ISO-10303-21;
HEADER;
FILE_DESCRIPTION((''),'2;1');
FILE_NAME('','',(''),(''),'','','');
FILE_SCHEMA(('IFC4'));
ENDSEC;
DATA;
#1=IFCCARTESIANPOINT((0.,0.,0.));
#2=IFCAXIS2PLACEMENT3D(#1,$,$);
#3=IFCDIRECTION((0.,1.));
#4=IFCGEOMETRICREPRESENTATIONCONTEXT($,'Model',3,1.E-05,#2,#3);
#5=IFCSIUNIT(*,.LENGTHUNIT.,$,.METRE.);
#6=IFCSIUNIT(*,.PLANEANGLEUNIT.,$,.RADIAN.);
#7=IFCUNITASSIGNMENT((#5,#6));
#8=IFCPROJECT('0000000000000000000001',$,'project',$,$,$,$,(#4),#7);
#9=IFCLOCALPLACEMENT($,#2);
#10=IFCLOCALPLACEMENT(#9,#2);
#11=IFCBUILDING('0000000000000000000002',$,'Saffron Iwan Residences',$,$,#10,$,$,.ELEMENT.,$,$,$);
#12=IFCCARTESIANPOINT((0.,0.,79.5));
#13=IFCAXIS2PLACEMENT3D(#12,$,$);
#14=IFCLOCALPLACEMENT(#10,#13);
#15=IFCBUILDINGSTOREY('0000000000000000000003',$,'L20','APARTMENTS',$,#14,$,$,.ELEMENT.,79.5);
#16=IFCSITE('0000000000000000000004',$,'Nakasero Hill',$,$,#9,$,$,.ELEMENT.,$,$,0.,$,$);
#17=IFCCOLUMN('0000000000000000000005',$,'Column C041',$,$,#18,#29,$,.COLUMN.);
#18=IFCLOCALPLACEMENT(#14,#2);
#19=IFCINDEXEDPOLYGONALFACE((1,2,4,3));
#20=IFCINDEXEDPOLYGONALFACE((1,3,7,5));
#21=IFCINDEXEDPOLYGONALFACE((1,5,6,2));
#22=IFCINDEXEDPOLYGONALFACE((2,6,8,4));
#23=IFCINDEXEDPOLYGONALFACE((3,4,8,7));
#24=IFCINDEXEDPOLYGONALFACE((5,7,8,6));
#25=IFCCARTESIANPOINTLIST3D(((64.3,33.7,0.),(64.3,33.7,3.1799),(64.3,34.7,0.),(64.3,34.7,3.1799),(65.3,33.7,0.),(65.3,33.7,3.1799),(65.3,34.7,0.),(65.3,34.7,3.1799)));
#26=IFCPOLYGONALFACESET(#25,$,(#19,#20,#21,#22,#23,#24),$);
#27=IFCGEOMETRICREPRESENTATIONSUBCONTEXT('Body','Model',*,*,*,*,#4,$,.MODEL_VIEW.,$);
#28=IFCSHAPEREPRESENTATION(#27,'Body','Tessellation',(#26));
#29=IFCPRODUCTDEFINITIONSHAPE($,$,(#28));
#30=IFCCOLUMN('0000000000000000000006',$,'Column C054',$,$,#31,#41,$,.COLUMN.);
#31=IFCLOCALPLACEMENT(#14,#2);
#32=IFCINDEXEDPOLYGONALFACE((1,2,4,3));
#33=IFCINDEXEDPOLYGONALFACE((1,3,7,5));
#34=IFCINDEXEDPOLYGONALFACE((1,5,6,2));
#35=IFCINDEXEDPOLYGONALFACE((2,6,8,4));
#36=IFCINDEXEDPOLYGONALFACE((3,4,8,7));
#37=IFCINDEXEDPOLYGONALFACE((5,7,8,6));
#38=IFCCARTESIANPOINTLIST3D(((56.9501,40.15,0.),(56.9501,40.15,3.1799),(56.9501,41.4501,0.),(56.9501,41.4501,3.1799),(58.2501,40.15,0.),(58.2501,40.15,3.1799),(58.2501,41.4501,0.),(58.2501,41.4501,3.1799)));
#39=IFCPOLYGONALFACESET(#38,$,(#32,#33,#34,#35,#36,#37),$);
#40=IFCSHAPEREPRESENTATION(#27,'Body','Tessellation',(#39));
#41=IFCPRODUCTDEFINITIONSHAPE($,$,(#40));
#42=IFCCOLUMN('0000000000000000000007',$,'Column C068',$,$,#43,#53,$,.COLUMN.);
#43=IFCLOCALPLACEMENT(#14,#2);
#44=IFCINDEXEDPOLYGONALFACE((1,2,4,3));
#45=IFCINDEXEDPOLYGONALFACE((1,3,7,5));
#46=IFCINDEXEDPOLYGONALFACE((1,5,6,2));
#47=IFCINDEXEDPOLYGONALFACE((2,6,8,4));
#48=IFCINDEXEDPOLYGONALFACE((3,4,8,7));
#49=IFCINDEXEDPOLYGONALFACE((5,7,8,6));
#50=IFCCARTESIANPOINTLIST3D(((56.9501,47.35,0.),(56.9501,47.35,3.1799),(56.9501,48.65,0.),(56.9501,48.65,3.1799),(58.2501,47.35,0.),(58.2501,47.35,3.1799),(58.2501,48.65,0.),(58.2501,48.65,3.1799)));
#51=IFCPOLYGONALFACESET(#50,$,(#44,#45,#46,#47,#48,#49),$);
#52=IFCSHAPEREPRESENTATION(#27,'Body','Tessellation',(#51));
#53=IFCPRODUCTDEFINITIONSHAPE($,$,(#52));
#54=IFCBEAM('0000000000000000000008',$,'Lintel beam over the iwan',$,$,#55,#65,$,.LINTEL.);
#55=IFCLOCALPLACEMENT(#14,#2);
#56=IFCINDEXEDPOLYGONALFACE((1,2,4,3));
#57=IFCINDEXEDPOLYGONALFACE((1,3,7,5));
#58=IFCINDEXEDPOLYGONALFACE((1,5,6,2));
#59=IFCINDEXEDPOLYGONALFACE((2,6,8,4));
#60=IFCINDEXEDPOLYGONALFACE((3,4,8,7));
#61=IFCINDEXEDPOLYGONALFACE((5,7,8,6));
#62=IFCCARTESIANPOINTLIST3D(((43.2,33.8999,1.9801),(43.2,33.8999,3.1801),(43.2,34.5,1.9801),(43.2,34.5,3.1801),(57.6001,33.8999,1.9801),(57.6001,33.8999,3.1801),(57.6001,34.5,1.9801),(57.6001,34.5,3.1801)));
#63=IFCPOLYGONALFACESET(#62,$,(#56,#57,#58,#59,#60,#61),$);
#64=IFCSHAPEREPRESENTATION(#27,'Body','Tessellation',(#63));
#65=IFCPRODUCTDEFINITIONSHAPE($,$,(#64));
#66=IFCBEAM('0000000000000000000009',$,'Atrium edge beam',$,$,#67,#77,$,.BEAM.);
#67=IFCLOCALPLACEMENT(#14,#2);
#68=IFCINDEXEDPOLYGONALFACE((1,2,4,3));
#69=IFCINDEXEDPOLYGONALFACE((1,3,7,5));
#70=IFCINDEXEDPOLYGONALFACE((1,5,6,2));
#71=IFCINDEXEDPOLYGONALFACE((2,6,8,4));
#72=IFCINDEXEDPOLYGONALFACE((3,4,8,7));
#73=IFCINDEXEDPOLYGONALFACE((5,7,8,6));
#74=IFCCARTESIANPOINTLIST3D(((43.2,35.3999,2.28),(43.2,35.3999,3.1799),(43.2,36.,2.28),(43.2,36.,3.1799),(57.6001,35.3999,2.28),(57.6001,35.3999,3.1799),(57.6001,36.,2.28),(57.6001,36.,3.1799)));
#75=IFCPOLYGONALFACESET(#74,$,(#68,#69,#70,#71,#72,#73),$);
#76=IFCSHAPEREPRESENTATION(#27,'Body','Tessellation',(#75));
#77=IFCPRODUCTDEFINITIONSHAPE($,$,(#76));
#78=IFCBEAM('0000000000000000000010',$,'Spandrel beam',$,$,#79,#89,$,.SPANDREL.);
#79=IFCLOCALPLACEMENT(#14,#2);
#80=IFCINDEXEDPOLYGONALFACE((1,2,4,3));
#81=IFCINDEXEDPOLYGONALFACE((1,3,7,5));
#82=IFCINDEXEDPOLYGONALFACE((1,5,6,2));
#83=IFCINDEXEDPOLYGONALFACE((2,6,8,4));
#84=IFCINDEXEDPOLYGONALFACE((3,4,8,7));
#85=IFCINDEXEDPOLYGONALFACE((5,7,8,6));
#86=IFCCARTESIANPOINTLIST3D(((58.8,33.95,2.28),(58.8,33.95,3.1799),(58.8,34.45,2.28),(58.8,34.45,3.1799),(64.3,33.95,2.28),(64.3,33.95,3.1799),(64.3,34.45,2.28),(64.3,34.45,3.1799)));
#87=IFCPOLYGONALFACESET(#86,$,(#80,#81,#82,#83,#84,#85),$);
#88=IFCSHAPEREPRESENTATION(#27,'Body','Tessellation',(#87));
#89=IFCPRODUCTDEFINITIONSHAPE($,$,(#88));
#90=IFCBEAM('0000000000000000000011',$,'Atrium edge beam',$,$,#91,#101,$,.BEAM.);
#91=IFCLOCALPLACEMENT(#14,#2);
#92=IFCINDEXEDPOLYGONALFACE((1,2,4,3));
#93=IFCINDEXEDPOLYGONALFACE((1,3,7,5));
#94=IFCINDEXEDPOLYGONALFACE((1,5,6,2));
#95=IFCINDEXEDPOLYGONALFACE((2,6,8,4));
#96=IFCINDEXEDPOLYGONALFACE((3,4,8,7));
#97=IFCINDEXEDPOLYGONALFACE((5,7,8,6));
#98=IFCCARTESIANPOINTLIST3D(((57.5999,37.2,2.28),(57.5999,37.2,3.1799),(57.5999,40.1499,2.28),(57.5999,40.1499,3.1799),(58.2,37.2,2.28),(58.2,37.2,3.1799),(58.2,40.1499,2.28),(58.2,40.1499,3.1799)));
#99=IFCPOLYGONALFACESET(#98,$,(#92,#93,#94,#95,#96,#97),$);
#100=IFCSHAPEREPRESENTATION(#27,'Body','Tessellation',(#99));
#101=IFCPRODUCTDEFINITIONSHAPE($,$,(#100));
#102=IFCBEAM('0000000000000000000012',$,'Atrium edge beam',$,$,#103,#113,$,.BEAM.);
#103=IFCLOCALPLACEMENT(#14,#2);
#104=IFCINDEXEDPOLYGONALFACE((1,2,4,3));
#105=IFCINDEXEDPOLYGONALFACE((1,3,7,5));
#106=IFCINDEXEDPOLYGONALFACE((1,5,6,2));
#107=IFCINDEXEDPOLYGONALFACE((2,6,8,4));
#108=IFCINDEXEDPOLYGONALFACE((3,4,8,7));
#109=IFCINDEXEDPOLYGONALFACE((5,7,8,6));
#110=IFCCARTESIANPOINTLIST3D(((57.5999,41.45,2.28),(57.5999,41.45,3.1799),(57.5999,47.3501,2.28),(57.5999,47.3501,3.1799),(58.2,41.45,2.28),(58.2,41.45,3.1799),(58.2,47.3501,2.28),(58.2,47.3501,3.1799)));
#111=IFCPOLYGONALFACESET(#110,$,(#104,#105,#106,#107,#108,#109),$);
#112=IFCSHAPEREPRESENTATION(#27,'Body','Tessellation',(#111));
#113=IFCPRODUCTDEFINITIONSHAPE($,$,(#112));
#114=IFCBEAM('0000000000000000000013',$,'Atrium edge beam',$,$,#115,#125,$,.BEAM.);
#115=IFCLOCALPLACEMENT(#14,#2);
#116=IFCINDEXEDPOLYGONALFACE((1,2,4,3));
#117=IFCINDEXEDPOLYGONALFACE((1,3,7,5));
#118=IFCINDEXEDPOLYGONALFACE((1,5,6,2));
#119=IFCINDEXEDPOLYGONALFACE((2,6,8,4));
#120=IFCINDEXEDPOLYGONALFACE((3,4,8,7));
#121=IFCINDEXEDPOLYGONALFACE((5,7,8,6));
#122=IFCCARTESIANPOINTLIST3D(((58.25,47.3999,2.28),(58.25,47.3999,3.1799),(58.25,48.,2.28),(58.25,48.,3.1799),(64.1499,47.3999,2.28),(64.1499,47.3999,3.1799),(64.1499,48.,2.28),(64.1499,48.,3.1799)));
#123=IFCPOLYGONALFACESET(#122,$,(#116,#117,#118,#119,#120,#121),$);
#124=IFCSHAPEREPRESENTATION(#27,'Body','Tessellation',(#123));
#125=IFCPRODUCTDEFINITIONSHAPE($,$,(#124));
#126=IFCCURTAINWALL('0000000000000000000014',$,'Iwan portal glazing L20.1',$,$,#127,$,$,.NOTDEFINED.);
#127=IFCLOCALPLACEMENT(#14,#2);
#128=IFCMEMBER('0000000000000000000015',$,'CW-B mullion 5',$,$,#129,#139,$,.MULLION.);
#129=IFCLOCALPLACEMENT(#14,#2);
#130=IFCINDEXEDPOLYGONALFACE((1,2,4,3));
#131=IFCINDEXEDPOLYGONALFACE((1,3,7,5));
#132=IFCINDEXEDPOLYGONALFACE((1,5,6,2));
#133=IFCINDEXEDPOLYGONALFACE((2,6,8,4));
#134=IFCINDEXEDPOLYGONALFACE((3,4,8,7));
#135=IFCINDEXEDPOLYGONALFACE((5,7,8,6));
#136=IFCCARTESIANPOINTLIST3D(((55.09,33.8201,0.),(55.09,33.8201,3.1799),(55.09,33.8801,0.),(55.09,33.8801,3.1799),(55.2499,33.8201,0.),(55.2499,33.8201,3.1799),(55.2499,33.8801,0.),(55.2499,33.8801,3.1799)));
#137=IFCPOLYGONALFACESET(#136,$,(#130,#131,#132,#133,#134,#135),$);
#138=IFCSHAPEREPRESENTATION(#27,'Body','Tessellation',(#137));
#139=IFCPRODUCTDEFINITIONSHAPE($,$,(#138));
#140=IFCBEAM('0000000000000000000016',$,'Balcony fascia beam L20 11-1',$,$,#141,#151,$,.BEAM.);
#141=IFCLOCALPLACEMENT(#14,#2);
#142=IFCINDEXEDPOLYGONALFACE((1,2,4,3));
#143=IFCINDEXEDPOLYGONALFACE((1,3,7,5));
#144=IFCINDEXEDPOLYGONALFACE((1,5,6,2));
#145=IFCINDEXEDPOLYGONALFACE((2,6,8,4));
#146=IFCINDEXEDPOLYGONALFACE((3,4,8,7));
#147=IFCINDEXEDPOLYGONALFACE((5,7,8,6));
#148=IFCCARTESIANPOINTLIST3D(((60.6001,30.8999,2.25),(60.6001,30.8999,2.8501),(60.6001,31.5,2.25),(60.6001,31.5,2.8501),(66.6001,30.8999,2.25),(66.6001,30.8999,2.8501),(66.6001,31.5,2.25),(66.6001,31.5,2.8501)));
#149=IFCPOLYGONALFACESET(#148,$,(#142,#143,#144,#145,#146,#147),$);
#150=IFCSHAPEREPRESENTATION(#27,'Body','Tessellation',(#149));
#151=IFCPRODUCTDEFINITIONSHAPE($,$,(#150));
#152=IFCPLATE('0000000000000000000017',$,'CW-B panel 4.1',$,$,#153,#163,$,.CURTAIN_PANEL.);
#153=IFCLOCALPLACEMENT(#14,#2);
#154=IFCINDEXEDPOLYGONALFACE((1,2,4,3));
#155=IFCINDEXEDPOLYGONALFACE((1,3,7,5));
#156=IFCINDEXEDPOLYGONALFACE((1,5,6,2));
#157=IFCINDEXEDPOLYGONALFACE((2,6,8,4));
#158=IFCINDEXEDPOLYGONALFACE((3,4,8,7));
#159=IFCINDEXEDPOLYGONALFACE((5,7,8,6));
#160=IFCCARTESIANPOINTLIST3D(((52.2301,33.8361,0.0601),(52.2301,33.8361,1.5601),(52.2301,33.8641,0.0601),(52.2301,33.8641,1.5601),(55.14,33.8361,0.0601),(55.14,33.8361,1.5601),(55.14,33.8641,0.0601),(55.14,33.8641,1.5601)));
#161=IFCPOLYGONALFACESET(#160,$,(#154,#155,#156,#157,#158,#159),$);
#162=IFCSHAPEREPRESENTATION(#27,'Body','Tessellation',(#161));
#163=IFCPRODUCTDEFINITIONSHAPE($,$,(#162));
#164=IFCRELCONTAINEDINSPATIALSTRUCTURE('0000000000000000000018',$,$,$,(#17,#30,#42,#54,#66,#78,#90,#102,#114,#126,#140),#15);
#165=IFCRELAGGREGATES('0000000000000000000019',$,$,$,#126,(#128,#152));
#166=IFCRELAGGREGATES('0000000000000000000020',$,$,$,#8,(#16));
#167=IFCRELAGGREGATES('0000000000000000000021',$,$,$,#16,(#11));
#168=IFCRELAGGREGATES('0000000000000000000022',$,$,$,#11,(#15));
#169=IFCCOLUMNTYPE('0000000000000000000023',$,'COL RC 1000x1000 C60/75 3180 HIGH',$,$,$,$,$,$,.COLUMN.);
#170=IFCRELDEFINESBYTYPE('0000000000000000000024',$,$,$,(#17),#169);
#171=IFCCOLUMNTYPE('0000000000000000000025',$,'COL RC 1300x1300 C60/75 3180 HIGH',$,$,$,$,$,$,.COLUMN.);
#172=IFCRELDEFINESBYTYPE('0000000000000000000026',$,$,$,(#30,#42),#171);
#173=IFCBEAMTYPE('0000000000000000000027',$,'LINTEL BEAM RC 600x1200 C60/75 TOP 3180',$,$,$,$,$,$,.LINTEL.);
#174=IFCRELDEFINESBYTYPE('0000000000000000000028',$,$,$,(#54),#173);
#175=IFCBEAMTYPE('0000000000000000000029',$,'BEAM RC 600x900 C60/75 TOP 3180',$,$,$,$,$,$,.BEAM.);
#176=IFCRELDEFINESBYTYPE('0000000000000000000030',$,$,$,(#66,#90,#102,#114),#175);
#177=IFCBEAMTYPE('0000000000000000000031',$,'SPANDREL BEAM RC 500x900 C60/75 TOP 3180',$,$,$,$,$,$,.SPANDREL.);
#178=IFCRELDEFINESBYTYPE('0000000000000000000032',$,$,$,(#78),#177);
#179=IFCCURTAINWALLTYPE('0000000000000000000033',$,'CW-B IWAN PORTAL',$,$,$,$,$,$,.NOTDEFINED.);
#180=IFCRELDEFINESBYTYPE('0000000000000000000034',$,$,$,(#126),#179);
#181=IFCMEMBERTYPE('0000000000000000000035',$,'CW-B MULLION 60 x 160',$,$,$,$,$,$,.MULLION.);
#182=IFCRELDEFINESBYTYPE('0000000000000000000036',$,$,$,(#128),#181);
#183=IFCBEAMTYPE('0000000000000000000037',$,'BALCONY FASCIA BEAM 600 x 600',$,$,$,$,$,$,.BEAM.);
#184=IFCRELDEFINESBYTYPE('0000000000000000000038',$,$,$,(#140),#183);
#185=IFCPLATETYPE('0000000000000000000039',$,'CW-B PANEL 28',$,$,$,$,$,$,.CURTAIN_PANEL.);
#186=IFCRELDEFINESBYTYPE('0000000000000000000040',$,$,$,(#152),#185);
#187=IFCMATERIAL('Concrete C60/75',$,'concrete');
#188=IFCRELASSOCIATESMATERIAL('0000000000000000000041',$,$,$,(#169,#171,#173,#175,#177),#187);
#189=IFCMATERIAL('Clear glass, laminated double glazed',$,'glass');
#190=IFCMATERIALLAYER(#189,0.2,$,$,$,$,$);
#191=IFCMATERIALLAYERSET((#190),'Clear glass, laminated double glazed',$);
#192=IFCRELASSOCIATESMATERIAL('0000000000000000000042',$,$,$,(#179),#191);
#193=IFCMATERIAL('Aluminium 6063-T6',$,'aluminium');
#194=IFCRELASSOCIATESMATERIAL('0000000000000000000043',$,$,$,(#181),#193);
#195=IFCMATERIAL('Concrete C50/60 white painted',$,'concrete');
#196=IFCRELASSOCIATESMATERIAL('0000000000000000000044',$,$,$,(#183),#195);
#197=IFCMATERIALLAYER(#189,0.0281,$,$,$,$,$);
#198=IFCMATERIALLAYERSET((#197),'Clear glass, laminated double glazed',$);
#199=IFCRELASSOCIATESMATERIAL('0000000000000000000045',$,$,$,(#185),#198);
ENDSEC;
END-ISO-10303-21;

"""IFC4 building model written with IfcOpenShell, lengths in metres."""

from ifc_helpers import new_model, si_unit, direction, frame, origin, origin_2d, place, context, subcontext, project, spatial, rectangle, extrude, source, transform, mapped, material, layer, layer_set, material_profile, profile_set, type_object, element, aggregate, save


model = new_model("IFC4")

# Units and contexts
model_context = context("Model", 3, precision=1e-05, world=origin(), true_north=direction((0.0, 1.0)))
body_context = subcontext(model_context, "Body", "Model", "MODEL_VIEW")
ifc_project = project(units=[si_unit("LENGTHUNIT", "METRE"), si_unit("PLANEANGLEUNIT", "RADIAN")], contexts=[model_context])

# Site, building, storey
site_placement = place(None, origin())
site = spatial("IfcSite", under=ifc_project, at=site_placement, Name="Nakasero Hill", CompositionType="ELEMENT", RefElevation=0.0)
building_placement = place(site_placement, origin())
building = spatial("IfcBuilding", under=site, at=building_placement, Name="Saffron Iwan Residences", CompositionType="ELEMENT")
storey_placement = place(building_placement, frame((0.0, 0.0, 79.5)))
storey = spatial("IfcBuildingStorey", under=building, at=storey_placement, Name="L20", Description="APARTMENTS", CompositionType="ELEMENT", Elevation=79.5)

# Columns
ifc_material_1 = material(Name="Concrete C60/75", Category="concrete")
ifc_material_profile_1 = material_profile(ifc_material_1, rectangle(XDim=1.0, YDim=1.0, at=origin_2d()), Name="RC 1000x1000")
ifc_profile_set_1 = profile_set([ifc_material_profile_1], Name="Concrete C60/75")
column_type_1 = type_object("IfcColumnType", Name="COL RC 1000x1000 C60/75 3180 HIGH", PredefinedType="COLUMN", material=ifc_profile_set_1)
shared_shape_1 = source(origin(), body_context, "Body", "SweptSolid", [
    extrude(rectangle(XDim=1.0, YDim=1.0, at=origin_2d()), origin(), (0.0, 0.0, 1.0), 3.1799),
])
column_placement = place(storey_placement, frame((64.8, 34.2, 0.0), z_axis=(0.0, 0.0, 1.0), x_axis=(1.0, 0.0, 0.0)))
element("IfcColumn", 1, at=column_placement, inside=storey, type_object=column_type_1, Name="Column C041", PredefinedType="COLUMN", context=body_context, shape_type="MappedRepresentation", body=[
    mapped(shared_shape_1, transform((0.0, 0.0, 0.0))),
])
ifc_material_profile_2 = material_profile(ifc_material_1, rectangle(XDim=1.3, YDim=1.3, at=origin_2d()), Name="RC 1300x1300")
ifc_profile_set_2 = profile_set([ifc_material_profile_2], Name="Concrete C60/75")
column_type_2 = type_object("IfcColumnType", Name="COL RC 1300x1300 C60/75 3180 HIGH", PredefinedType="COLUMN", material=ifc_profile_set_2)
shared_shape_2 = source(origin(), body_context, "Body", "SweptSolid", [
    extrude(rectangle(XDim=1.3, YDim=1.3, at=origin_2d()), origin(), (0.0, 0.0, 1.0), 3.1799),
])
for number, where, z_axis, x_axis, name in (
    (2, (57.6001, 40.8, 0.0), (0.0, 0.0, 1.0), (1.0, 0.0, 0.0), "Column C054"),
    (3, (57.6001, 48.0, 0.0), (0.0, 0.0, 1.0), (1.0, 0.0, 0.0), "Column C068"),
):
    element("IfcColumn", number, at=place(storey_placement, frame(where, z_axis=z_axis, x_axis=x_axis)), inside=storey, type_object=column_type_2, Name=name, PredefinedType="COLUMN", context=body_context, shape_type="MappedRepresentation", body=[
        mapped(shared_shape_2, transform((0.0, 0.0, 0.0))),
    ])

# Beams
ifc_material_profile_3 = material_profile(ifc_material_1, rectangle(XDim=0.6001, YDim=1.2, at=origin_2d()), Name="RC 600x1200")
ifc_profile_set_3 = profile_set([ifc_material_profile_3], Name="Concrete C60/75")
beam_type_1 = type_object("IfcBeamType", Name="LINTEL BEAM RC 600x1200 C60/75 TOP 3180", PredefinedType="LINTEL", material=ifc_profile_set_3)
shared_shape_3 = source(origin(), body_context, "Body", "SweptSolid", [
    extrude(rectangle(XDim=0.6001, YDim=1.2, at=origin_2d()), origin(), (0.0, 0.0, 1.0), 14.4001),
])
beam_1_placement = place(storey_placement, frame((57.6001, 34.2, 2.5801), z_axis=(-1.0, 0.0, 0.0), x_axis=(0.0, -1.0, 0.0)))
element("IfcBeam", 4, at=beam_1_placement, inside=storey, type_object=beam_type_1, Name="Lintel beam over the iwan", PredefinedType="LINTEL", context=body_context, shape_type="MappedRepresentation", body=[
    mapped(shared_shape_3, transform((0.0, 0.0, 0.0))),
])
ifc_material_profile_4 = material_profile(ifc_material_1, rectangle(XDim=0.6001, YDim=0.8999, at=origin_2d()), Name="RC 600x900")
ifc_profile_set_4 = profile_set([ifc_material_profile_4], Name="Concrete C60/75")
beam_type_2 = type_object("IfcBeamType", Name="BEAM RC 600x900 C60/75 TOP 3180", PredefinedType="BEAM", material=ifc_profile_set_4)
shared_shape_4 = source(origin(), body_context, "Body", "SweptSolid", [
    extrude(rectangle(XDim=0.6001, YDim=0.8999, at=origin_2d()), origin(), (0.0, 0.0, 1.0), 14.4001),
])
beam_2_placement = place(storey_placement, frame((57.6001, 35.7, 2.73), z_axis=(-1.0, 0.0, 0.0), x_axis=(0.0, -1.0, 0.0)))
element("IfcBeam", 5, at=beam_2_placement, inside=storey, type_object=beam_type_2, Name="Atrium edge beam", PredefinedType="BEAM", context=body_context, shape_type="MappedRepresentation", body=[
    mapped(shared_shape_4, transform((0.0, 0.0, 0.0))),
])
ifc_material_profile_5 = material_profile(ifc_material_1, rectangle(XDim=0.5, YDim=0.8999, at=origin_2d()), Name="RC 500x900")
ifc_profile_set_5 = profile_set([ifc_material_profile_5], Name="Concrete C60/75")
beam_type_3 = type_object("IfcBeamType", Name="SPANDREL BEAM RC 500x900 C60/75 TOP 3180", PredefinedType="SPANDREL", material=ifc_profile_set_5)
shared_shape_5 = source(origin(), body_context, "Body", "SweptSolid", [
    extrude(rectangle(XDim=0.5, YDim=0.8999, at=origin_2d()), origin(), (0.0, 0.0, 1.0), 5.5),
])
beam_3_placement = place(storey_placement, frame((64.3, 34.2, 2.73), z_axis=(-1.0, 0.0, 0.0), x_axis=(0.0, -1.0, 0.0)))
element("IfcBeam", 6, at=beam_3_placement, inside=storey, type_object=beam_type_3, Name="Spandrel beam", PredefinedType="SPANDREL", context=body_context, shape_type="MappedRepresentation", body=[
    mapped(shared_shape_5, transform((0.0, 0.0, 0.0))),
])
shared_shape_6 = source(origin(), body_context, "Body", "SweptSolid", [
    extrude(rectangle(XDim=0.6001, YDim=0.8999, at=origin_2d()), origin(), (0.0, 0.0, 1.0), 2.95),
])
beam_4_placement = place(storey_placement, frame((57.8999, 40.1499, 2.73), z_axis=(0.0, -1.0, 0.0), x_axis=(1.0, 0.0, 0.0)))
element("IfcBeam", 7, at=beam_4_placement, inside=storey, type_object=beam_type_2, Name="Atrium edge beam", PredefinedType="BEAM", context=body_context, shape_type="MappedRepresentation", body=[
    mapped(shared_shape_6, transform((0.0, 0.0, 0.0))),
])
shared_shape_7 = source(origin(), body_context, "Body", "SweptSolid", [
    extrude(rectangle(XDim=0.6001, YDim=0.8999, at=origin_2d()), origin(), (0.0, 0.0, 1.0), 5.9001),
])
beam_5_placement = place(storey_placement, frame((57.8999, 47.3501, 2.73), z_axis=(0.0, -1.0, 0.0), x_axis=(1.0, 0.0, 0.0)))
element("IfcBeam", 8, at=beam_5_placement, inside=storey, type_object=beam_type_2, Name="Atrium edge beam", PredefinedType="BEAM", context=body_context, shape_type="MappedRepresentation", body=[
    mapped(shared_shape_7, transform((0.0, 0.0, 0.0))),
])
shared_shape_8 = source(origin(), body_context, "Body", "SweptSolid", [
    extrude(rectangle(XDim=0.6001, YDim=0.8999, at=origin_2d()), origin(), (0.0, 0.0, 1.0), 5.8999),
])
beam_6_placement = place(storey_placement, frame((64.1499, 47.7, 2.73), z_axis=(-1.0, 0.0, 0.0), x_axis=(0.0, -1.0, 0.0)))
element("IfcBeam", 9, at=beam_6_placement, inside=storey, type_object=beam_type_2, Name="Atrium edge beam", PredefinedType="BEAM", context=body_context, shape_type="MappedRepresentation", body=[
    mapped(shared_shape_8, transform((0.0, 0.0, 0.0))),
])

# Curtain wall, member
ifc_material_2 = material(Name="Clear glass, laminated double glazed", Category="glass")
ifc_layer_1 = layer(ifc_material_2, 0.2)
ifc_layer_set_1 = layer_set([ifc_layer_1], Name="Clear glass, laminated double glazed")
curtain_wall_type = type_object("IfcCurtainWallType", Name="CW-B IWAN PORTAL", PredefinedType="NOTDEFINED", material=ifc_layer_set_1)
curtain_wall_placement = place(storey_placement, origin())
curtain_wall = element("IfcCurtainWall", 10, at=curtain_wall_placement, inside=storey, type_object=curtain_wall_type, Name="Iwan portal glazing L20.1", PredefinedType="NOTDEFINED")
ifc_material_3 = material(Name="Aluminium 6063-T6", Category="aluminium")
ifc_material_profile_6 = material_profile(ifc_material_3, rectangle(XDim=0.0601, YDim=0.1599, at=origin_2d()), Name="CW-B MULLION 60 x 160")
ifc_profile_set_6 = profile_set([ifc_material_profile_6], Name="Aluminium 6063-T6")
member_type = type_object("IfcMemberType", Name="CW-B MULLION 60 x 160", PredefinedType="MULLION", material=ifc_profile_set_6)
shared_shape_9 = source(origin(), body_context, "Body", "SweptSolid", [
    extrude(rectangle(XDim=0.0601, YDim=0.1599, at=origin_2d()), origin(), (0.0, 0.0, 1.0), 3.1799),
])
member_placement = place(storey_placement, frame((55.1699, 33.8501, 0.0), z_axis=(0.0, 0.0, 1.0), x_axis=(0.0, 1.0, 0.0)))
member = element("IfcMember", 11, at=member_placement, type_object=member_type, Name="CW-B mullion 5", PredefinedType="MULLION", context=body_context, shape_type="MappedRepresentation", body=[
    mapped(shared_shape_9, transform((0.0, 0.0, 0.0))),
])

# Beam
ifc_material_4 = material(Name="Concrete C50/60 white painted", Category="concrete")
ifc_material_profile_7 = material_profile(ifc_material_4, rectangle(XDim=0.6001, YDim=0.6001, at=origin_2d()), Name="BALCONY FASCIA BEAM 600 x 600")
ifc_profile_set_7 = profile_set([ifc_material_profile_7], Name="Concrete C50/60 white painted")
beam_type_4 = type_object("IfcBeamType", Name="BALCONY FASCIA BEAM 600 x 600", PredefinedType="BEAM", material=ifc_profile_set_7)
shared_shape_10 = source(origin(), body_context, "Body", "SweptSolid", [
    extrude(rectangle(XDim=0.6001, YDim=0.6001, at=origin_2d()), origin(), (0.0, 0.0, 1.0), 6.0),
])
beam_7_placement = place(storey_placement, frame((60.6001, 31.2, 2.55), z_axis=(1.0, 0.0, 0.0), x_axis=(0.0, 1.0, 0.0)))
element("IfcBeam", 12, at=beam_7_placement, inside=storey, type_object=beam_type_4, Name="Balcony fascia beam L20 11-1", PredefinedType="BEAM", context=body_context, shape_type="MappedRepresentation", body=[
    mapped(shared_shape_10, transform((0.0, 0.0, 0.0))),
])

# Plate
ifc_layer_2 = layer(ifc_material_2, 0.0281)
ifc_layer_set_2 = layer_set([ifc_layer_2], Name="Clear glass, laminated double glazed")
plate_type = type_object("IfcPlateType", Name="CW-B PANEL 28", PredefinedType="CURTAIN_PANEL", material=ifc_layer_set_2)
shared_shape_11 = source(origin(), body_context, "Body", "SweptSolid", [
    extrude(rectangle(XDim=2.9099, YDim=0.0281, at=origin_2d()), origin(), (0.0, 0.0, 1.0), 1.5),
])
plate_1_placement = place(storey_placement, frame((53.6851, 33.8501, 0.0601), z_axis=(0.0, 0.0, 1.0), x_axis=(1.0, 0.0, 0.0)))
plate_1 = element("IfcPlate", 13, at=plate_1_placement, type_object=plate_type, Name="CW-B panel 4.1", PredefinedType="CURTAIN_PANEL", context=body_context, shape_type="MappedRepresentation", body=[
    mapped(shared_shape_11, transform((0.0, 0.0, 0.0))),
])
aggregate(curtain_wall, [member, plate_1])

save(model, "model.ifc")
